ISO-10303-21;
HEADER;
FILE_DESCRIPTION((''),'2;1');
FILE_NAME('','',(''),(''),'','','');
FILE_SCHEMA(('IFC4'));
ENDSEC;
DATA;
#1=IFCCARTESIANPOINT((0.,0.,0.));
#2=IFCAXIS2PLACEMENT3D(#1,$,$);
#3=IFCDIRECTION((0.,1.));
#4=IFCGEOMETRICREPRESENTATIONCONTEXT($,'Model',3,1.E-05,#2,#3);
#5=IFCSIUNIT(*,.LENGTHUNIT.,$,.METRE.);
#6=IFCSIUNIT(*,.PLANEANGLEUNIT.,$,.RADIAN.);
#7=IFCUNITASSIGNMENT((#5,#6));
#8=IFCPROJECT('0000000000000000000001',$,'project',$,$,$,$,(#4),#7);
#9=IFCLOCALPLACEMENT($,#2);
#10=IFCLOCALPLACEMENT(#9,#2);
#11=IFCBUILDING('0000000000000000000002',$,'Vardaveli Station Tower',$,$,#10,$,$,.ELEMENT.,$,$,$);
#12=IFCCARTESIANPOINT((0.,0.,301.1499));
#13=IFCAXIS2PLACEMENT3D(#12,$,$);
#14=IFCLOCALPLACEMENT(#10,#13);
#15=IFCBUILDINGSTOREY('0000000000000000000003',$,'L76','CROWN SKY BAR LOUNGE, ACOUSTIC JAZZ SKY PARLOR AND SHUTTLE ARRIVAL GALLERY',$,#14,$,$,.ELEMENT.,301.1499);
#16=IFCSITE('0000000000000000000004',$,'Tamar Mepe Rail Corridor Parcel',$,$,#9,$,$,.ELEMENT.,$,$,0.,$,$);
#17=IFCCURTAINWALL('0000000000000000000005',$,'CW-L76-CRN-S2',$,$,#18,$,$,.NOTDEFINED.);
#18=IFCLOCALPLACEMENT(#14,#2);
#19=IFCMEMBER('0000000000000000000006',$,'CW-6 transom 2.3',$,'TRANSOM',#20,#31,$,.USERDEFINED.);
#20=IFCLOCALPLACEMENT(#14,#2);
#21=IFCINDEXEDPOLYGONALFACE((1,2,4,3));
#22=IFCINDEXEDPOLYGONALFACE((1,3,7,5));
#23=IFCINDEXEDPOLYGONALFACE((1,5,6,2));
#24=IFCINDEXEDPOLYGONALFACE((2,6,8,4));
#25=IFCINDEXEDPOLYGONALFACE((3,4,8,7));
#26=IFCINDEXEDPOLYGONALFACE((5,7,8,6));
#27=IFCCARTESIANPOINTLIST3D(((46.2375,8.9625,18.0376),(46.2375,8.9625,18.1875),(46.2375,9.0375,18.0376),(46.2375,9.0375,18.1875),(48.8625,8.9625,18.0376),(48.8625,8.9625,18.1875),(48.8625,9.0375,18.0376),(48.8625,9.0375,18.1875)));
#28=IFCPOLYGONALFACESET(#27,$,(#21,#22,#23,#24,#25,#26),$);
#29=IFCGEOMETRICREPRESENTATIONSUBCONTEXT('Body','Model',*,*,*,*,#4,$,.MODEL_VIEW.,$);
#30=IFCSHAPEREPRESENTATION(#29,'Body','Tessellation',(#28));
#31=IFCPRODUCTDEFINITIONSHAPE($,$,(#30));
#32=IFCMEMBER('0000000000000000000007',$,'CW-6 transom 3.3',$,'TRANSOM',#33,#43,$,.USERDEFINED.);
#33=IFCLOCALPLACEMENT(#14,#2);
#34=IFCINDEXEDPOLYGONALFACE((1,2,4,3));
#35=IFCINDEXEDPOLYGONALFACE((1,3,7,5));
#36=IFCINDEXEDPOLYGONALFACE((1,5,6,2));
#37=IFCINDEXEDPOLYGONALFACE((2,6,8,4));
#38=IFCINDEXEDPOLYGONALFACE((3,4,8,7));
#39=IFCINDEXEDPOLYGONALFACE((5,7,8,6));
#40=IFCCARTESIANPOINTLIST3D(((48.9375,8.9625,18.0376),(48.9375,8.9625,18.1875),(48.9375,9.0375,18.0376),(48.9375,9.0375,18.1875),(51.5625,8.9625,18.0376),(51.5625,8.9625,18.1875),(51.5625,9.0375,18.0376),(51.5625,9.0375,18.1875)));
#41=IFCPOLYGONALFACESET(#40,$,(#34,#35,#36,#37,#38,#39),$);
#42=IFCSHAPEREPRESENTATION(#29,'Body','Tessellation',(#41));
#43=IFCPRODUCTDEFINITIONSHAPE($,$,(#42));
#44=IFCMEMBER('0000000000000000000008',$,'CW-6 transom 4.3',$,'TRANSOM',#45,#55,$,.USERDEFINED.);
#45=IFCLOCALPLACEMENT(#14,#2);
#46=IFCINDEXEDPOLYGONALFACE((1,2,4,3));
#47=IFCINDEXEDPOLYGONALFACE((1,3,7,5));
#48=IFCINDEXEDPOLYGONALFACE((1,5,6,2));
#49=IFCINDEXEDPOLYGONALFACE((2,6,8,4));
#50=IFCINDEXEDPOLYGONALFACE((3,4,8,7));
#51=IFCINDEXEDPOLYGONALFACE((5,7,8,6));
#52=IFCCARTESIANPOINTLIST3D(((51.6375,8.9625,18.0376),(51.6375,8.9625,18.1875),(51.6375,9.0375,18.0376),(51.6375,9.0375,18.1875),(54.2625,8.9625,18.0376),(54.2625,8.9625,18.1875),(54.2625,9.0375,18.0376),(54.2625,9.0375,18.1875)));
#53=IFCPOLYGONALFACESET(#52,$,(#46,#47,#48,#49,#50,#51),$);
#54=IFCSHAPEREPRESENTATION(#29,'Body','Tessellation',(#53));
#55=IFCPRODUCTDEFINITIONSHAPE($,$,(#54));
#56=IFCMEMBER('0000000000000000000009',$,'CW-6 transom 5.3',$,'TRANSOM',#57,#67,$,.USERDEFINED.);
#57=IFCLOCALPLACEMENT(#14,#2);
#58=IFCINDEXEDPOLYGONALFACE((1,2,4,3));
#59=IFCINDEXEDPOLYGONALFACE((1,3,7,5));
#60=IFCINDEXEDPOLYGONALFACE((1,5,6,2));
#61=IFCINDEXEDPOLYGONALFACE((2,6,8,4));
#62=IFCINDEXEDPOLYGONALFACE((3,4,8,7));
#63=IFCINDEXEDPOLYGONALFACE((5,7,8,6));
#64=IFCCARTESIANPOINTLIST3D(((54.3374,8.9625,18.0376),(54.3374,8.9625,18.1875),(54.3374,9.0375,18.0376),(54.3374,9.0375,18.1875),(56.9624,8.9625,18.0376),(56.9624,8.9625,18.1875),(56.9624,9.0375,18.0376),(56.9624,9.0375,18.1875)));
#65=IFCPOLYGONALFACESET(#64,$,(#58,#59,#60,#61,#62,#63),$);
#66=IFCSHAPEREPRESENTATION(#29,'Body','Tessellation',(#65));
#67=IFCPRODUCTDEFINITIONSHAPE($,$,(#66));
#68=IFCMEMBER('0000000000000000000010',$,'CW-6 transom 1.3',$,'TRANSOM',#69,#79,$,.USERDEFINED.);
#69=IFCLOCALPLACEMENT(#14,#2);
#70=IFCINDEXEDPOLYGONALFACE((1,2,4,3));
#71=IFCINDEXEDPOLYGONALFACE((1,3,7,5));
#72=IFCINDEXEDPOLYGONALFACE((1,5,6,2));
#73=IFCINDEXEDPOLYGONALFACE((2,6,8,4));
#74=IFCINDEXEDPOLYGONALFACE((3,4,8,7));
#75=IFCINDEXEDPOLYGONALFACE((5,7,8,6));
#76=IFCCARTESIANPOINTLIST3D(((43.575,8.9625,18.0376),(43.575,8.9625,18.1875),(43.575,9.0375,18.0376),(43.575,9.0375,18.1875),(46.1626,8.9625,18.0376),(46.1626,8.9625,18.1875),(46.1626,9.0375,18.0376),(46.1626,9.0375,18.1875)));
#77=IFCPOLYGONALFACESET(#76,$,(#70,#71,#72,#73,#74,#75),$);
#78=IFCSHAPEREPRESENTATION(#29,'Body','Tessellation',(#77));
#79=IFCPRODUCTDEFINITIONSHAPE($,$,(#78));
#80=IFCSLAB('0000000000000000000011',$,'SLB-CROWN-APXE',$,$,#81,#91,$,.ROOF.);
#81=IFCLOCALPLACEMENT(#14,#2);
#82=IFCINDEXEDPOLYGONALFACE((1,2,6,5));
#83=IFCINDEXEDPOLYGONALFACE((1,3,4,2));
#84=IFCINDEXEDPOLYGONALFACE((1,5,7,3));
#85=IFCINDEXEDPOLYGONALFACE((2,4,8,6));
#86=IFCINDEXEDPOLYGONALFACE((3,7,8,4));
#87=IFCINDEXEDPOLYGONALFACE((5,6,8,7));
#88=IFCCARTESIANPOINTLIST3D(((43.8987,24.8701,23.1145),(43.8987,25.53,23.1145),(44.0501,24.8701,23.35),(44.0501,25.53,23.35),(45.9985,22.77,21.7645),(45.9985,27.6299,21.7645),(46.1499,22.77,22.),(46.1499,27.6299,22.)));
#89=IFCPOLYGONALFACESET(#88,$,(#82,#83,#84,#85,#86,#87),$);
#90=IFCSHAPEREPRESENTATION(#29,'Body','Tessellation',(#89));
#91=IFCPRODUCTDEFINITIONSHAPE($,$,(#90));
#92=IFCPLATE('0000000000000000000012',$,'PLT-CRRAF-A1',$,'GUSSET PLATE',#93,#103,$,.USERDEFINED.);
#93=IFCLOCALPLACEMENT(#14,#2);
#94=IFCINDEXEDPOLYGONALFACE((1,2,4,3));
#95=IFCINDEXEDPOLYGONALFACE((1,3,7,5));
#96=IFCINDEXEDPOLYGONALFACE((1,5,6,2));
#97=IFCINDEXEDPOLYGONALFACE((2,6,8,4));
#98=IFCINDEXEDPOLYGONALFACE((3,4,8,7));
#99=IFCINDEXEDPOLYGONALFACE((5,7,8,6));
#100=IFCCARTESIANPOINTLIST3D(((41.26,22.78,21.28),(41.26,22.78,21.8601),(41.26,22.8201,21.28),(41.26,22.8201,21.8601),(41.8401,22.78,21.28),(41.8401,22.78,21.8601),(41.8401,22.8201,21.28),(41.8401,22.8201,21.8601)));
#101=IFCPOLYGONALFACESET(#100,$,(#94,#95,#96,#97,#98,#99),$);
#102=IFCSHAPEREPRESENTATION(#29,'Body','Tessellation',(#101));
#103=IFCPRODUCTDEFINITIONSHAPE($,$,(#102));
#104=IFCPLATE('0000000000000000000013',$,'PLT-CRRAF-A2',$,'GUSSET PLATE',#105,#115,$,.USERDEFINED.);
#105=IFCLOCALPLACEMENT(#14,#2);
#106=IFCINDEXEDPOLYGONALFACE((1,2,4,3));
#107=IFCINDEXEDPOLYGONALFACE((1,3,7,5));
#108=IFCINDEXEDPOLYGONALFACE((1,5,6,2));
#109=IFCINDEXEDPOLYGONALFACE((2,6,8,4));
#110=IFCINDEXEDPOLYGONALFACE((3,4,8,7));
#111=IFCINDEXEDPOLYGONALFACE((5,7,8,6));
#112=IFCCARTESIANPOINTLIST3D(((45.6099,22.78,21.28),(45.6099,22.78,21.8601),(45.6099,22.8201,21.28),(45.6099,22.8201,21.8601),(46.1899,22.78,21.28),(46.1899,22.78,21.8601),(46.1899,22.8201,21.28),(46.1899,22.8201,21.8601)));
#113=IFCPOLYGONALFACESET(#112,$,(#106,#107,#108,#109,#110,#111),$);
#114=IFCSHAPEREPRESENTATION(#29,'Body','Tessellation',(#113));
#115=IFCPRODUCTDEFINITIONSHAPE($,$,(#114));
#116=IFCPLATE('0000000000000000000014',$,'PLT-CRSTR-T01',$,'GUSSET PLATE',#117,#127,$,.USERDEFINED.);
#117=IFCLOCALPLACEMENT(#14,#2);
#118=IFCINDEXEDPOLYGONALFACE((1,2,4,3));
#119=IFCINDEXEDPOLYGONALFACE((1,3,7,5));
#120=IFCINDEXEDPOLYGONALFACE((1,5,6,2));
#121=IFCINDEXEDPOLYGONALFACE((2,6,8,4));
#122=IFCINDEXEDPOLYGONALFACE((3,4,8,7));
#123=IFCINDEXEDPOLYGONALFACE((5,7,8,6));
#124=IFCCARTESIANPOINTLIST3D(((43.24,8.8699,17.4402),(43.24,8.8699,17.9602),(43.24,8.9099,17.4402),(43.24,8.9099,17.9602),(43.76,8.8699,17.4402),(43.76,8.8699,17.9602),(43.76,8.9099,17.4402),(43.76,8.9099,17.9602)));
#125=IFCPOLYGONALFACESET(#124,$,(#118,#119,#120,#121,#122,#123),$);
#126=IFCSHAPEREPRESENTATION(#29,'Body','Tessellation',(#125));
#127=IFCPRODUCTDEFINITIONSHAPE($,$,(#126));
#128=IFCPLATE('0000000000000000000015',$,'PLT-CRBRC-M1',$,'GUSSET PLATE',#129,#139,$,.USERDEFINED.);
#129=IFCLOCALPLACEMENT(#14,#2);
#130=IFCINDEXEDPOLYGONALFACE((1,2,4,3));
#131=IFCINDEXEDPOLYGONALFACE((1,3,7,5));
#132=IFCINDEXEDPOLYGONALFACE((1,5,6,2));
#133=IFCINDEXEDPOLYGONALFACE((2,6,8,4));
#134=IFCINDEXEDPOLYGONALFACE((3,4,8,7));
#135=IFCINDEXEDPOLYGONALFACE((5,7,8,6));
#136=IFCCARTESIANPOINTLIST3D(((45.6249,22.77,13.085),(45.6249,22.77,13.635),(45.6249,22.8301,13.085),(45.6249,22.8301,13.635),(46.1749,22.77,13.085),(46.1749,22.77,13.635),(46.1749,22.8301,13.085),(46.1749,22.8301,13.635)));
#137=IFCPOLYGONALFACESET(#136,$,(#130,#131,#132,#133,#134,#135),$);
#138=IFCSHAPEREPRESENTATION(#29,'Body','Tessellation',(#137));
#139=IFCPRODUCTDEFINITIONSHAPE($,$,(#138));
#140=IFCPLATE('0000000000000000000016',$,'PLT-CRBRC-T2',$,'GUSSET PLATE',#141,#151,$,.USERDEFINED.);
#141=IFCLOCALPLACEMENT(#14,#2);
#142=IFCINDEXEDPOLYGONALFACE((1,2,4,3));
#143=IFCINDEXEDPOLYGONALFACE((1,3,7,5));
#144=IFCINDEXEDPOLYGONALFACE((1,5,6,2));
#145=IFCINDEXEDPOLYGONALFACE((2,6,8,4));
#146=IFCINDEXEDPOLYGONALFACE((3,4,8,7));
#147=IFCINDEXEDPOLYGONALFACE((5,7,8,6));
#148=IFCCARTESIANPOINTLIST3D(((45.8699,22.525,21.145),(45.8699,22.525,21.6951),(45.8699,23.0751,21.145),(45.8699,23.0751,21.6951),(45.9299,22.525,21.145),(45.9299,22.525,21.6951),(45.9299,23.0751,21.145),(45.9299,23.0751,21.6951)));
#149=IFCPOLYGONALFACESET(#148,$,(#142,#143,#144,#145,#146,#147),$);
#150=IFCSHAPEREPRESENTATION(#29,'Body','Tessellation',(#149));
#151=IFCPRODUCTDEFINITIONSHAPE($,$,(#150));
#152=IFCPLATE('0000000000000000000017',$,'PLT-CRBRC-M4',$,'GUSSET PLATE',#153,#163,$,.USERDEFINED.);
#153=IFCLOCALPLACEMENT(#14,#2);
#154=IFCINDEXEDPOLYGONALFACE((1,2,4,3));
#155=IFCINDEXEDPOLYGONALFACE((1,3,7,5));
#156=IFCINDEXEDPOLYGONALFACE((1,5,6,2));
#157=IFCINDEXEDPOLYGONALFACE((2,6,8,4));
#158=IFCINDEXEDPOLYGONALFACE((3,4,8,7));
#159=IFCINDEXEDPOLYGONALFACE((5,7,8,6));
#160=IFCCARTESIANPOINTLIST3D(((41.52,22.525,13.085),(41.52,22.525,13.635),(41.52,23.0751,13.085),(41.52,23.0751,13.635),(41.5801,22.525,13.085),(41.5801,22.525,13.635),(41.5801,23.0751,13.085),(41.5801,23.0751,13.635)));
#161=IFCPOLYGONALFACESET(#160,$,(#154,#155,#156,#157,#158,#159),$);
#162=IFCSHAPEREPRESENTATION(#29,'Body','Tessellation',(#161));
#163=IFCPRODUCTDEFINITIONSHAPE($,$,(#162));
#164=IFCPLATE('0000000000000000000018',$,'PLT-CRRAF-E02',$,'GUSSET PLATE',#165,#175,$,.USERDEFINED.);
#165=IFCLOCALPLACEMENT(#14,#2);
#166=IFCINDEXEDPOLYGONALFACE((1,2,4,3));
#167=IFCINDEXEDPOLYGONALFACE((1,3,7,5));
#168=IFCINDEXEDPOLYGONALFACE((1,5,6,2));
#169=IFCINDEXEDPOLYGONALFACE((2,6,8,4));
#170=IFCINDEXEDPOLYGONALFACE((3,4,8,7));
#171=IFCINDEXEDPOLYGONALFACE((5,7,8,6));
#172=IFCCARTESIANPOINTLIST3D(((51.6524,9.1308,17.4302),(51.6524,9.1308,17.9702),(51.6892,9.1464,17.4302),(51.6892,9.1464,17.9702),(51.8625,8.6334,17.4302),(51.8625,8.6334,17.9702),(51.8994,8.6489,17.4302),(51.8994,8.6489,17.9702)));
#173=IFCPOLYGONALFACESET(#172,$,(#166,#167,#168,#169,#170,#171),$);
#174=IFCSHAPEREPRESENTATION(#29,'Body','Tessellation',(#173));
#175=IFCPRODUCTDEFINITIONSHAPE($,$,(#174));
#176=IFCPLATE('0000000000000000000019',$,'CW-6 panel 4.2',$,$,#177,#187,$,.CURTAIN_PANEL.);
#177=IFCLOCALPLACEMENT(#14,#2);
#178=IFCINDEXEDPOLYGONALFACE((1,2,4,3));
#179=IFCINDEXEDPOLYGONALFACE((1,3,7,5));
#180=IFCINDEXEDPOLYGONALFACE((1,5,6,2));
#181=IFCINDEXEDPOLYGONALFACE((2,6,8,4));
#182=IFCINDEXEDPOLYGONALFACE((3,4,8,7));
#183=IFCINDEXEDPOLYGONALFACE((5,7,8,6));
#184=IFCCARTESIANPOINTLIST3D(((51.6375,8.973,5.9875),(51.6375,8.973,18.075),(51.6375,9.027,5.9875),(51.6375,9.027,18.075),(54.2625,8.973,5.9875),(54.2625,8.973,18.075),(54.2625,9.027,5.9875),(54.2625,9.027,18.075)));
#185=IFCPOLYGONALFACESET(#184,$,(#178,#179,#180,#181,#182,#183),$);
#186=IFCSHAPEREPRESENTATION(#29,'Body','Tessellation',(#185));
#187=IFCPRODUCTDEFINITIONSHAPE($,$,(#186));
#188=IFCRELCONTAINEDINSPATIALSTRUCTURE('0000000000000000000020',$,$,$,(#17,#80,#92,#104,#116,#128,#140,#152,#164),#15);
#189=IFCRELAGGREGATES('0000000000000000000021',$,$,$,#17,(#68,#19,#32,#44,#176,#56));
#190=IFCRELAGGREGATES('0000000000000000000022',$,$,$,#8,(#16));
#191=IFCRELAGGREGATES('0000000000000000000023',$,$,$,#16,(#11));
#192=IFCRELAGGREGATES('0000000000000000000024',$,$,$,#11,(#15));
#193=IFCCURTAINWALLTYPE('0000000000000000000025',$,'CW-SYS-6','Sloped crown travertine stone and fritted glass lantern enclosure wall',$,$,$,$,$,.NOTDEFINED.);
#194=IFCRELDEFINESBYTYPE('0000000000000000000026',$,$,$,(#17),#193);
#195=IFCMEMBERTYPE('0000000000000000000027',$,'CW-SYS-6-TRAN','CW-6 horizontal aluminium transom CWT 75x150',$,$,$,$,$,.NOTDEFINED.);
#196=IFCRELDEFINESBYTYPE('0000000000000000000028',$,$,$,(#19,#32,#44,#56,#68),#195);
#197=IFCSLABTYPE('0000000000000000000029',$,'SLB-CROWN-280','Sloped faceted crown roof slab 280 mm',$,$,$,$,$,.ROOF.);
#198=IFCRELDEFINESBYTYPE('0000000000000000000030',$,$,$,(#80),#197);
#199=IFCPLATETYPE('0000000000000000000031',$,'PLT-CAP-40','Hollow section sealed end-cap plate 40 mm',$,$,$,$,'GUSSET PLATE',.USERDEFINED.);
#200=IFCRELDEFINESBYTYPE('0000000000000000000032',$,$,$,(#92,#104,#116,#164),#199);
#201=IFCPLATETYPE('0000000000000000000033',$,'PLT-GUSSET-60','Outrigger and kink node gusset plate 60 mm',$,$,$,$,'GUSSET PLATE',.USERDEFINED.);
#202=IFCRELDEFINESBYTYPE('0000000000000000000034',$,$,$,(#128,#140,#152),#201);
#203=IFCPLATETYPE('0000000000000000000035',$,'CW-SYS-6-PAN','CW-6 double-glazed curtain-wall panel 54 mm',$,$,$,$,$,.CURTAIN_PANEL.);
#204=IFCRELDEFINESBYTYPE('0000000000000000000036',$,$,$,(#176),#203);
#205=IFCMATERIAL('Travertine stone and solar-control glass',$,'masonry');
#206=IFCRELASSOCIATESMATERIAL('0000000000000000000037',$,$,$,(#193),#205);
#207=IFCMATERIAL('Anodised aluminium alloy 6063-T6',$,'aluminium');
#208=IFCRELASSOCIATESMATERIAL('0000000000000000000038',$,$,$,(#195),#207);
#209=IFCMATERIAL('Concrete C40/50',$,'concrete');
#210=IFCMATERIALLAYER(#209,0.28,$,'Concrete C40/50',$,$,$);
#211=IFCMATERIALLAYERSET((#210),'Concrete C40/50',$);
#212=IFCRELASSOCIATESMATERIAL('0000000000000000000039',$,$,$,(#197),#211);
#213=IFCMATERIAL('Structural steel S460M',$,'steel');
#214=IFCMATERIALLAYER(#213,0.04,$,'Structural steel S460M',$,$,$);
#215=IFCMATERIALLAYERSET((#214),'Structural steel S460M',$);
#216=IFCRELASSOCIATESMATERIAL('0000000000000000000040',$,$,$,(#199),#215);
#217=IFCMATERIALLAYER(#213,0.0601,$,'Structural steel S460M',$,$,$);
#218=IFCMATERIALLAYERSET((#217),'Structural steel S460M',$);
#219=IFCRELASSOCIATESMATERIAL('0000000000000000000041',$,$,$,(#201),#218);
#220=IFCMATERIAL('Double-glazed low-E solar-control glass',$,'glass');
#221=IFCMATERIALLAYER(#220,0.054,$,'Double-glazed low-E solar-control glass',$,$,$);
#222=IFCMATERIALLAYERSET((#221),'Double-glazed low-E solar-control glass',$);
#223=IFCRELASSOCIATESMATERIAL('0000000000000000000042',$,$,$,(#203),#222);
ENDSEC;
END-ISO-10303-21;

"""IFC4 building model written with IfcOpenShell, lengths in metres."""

from ifc_helpers import new_model, si_unit, direction, frame, origin, origin_2d, place, context, subcontext, project, spatial, polyline, rectangle, outline, extrude, source, transform, mapped, material, layer, layer_set, material_profile, profile_set, type_object, element, aggregate, save


model = new_model("IFC4")

# Units and contexts
model_context = context("Model", 3, precision=1e-05, world=origin(), true_north=direction((0.0, 1.0)))
body_context = subcontext(model_context, "Body", "Model", "MODEL_VIEW")
ifc_project = project(units=[si_unit("LENGTHUNIT", "METRE"), si_unit("PLANEANGLEUNIT", "RADIAN")], contexts=[model_context])

# Site, building, storey
site_placement = place(None, origin())
site = spatial("IfcSite", under=ifc_project, at=site_placement, Name="Tamar Mepe Rail Corridor Parcel", CompositionType="ELEMENT", RefElevation=0.0)
building_placement = place(site_placement, origin())
building = spatial("IfcBuilding", under=site, at=building_placement, Name="Vardaveli Station Tower", CompositionType="ELEMENT")
storey_placement = place(building_placement, frame((0.0, 0.0, 301.1499)))
storey = spatial("IfcBuildingStorey", under=building, at=storey_placement, Name="L76", Description="CROWN SKY BAR LOUNGE, ACOUSTIC JAZZ SKY PARLOR AND SHUTTLE ARRIVAL GALLERY", CompositionType="ELEMENT", Elevation=301.1499)

# Curtain wall, members
ifc_material_1 = material(Name="Travertine stone and solar-control glass", Category="masonry")
curtain_wall_type = type_object("IfcCurtainWallType", Name="CW-SYS-6", Description="Sloped crown travertine stone and fritted glass lantern enclosure wall", PredefinedType="NOTDEFINED", material=ifc_material_1)
curtain_wall_placement = place(storey_placement, origin())
curtain_wall = element("IfcCurtainWall", 1, at=curtain_wall_placement, inside=storey, type_object=curtain_wall_type, Name="CW-L76-CRN-S2", PredefinedType="NOTDEFINED")
ifc_material_2 = material(Name="Anodised aluminium alloy 6063-T6", Category="aluminium")
ifc_material_profile_1 = material_profile(ifc_material_2, rectangle(XDim=0.075, YDim=0.1499, at=origin_2d()), Name="CWT 75x150")
ifc_profile_set_1 = profile_set([ifc_material_profile_1], Name="Anodised aluminium alloy 6063-T6")
member_type_1 = type_object("IfcMemberType", Name="CW-SYS-6-TRAN", Description="CW-6 horizontal aluminium transom CWT 75x150", PredefinedType="NOTDEFINED", material=ifc_profile_set_1)
shared_shape_1 = source(origin(), body_context, "Body", "SweptSolid", [
    extrude(rectangle(XDim=0.075, YDim=0.1499, at=origin_2d()), origin(), (0.0, 0.0, 1.0), 2.625),
])
member_1_placement = place(storey_placement, frame((46.2375, 9.0, 18.1125), z_axis=(1.0, 0.0, 0.0), x_axis=(0.0, 1.0, 0.0)))
member_1 = element("IfcMember", 2, at=member_1_placement, type_object=member_type_1, Name="CW-6 transom 2.3", ObjectType="TRANSOM", PredefinedType="USERDEFINED", context=body_context, shape_type="MappedRepresentation", body=[
    mapped(shared_shape_1, transform((0.0, 0.0, 0.0), scale=1.0)),
])
member_2_placement = place(storey_placement, frame((48.9375, 9.0, 18.1125), z_axis=(1.0, 0.0, 0.0), x_axis=(0.0, 1.0, 0.0)))
member_2 = element("IfcMember", 3, at=member_2_placement, type_object=member_type_1, Name="CW-6 transom 3.3", ObjectType="TRANSOM", PredefinedType="USERDEFINED", context=body_context, shape_type="MappedRepresentation", body=[
    mapped(shared_shape_1, transform((0.0, 0.0, 0.0), scale=1.0)),
])
member_3_placement = place(storey_placement, frame((51.6375, 9.0, 18.1125), z_axis=(1.0, 0.0, 0.0), x_axis=(0.0, 1.0, 0.0)))
member_3 = element("IfcMember", 4, at=member_3_placement, type_object=member_type_1, Name="CW-6 transom 4.3", ObjectType="TRANSOM", PredefinedType="USERDEFINED", context=body_context, shape_type="MappedRepresentation", body=[
    mapped(shared_shape_1, transform((0.0, 0.0, 0.0), scale=1.0)),
])
member_4_placement = place(storey_placement, frame((54.3374, 9.0, 18.1125), z_axis=(1.0, 0.0, 0.0), x_axis=(0.0, 1.0, 0.0)))
member_4 = element("IfcMember", 5, at=member_4_placement, type_object=member_type_1, Name="CW-6 transom 5.3", ObjectType="TRANSOM", PredefinedType="USERDEFINED", context=body_context, shape_type="MappedRepresentation", body=[
    mapped(shared_shape_1, transform((0.0, 0.0, 0.0), scale=1.0)),
])
shared_shape_2 = source(origin(), body_context, "Body", "SweptSolid", [
    extrude(rectangle(XDim=0.075, YDim=0.1499, at=origin_2d()), origin(), (0.0, 0.0, 1.0), 2.5876),
])
member_5_placement = place(storey_placement, frame((43.575, 9.0, 18.1125), z_axis=(1.0, 0.0, 0.0), x_axis=(0.0, 1.0, 0.0)))
member_5 = element("IfcMember", 6, at=member_5_placement, type_object=member_type_1, Name="CW-6 transom 1.3", ObjectType="TRANSOM", PredefinedType="USERDEFINED", context=body_context, shape_type="MappedRepresentation", body=[
    mapped(shared_shape_2, transform((0.0, 0.0, 0.0), scale=1.0)),
])

# Slab
ifc_material_3 = material(Name="Concrete C40/50", Category="concrete")
ifc_layer_1 = layer(ifc_material_3, 0.28, Name="Concrete C40/50")
ifc_layer_set_1 = layer_set([ifc_layer_1], Name="Concrete C40/50")
slab_type = type_object("IfcSlabType", Name="SLB-CROWN-280", Description="Sloped faceted crown roof slab 280 mm", PredefinedType="ROOF", material=ifc_layer_set_1)
slab_placement = place(storey_placement, frame((46.1499, 22.77, 22.0), z_axis=(0.540812, 0.0, 0.841144), x_axis=(0.0, 1.0, 0.0)))
element("IfcSlab", 7, at=slab_placement, inside=storey, type_object=slab_type, Name="SLB-CROWN-APXE", PredefinedType="ROOF", context=body_context, shape_type="SweptSolid", body=[
    extrude(outline(polyline([(0.0, 0.0), (4.8599, 0.0), (2.76, 2.4963), (2.1001, 2.4963), (0.0, 0.0)])), origin(), (0.0, 0.0, -1.0), 0.28),
])

# Plates
ifc_material_4 = material(Name="Structural steel S460M", Category="steel")
ifc_layer_2 = layer(ifc_material_4, 0.04, Name="Structural steel S460M")
ifc_layer_set_2 = layer_set([ifc_layer_2], Name="Structural steel S460M")
plate_type_1 = type_object("IfcPlateType", Name="PLT-CAP-40", Description="Hollow section sealed end-cap plate 40 mm", ElementType="GUSSET PLATE", PredefinedType="USERDEFINED", material=ifc_layer_set_2)
shared_shape_3 = source(origin(), body_context, "Body", "SweptSolid", [
    extrude(rectangle(XDim=0.5801, YDim=0.04, at=origin_2d()), origin(), (0.0, 0.0, 1.0), 0.5801),
])
for number, where, z_axis, x_axis, name in (
    (8, (41.55, 22.8, 21.28), (0.0, 0.0, 1.0), (1.0, 0.0, 0.0), "PLT-CRRAF-A1"),
    (9, (45.8999, 22.8, 21.28), (0.0, 0.0, 1.0), (1.0, 0.0, 0.0), "PLT-CRRAF-A2"),
):
    element("IfcPlate", number, at=place(storey_placement, frame(where, z_axis=z_axis, x_axis=x_axis)), inside=storey, type_object=plate_type_1, Name=name, ObjectType="GUSSET PLATE", PredefinedType="USERDEFINED", context=body_context, shape_type="MappedRepresentation", body=[
        mapped(shared_shape_3, transform((0.0, 0.0, 0.0), scale=1.0)),
    ])
shared_shape_4 = source(origin(), body_context, "Body", "SweptSolid", [
    extrude(rectangle(XDim=0.52, YDim=0.04, at=origin_2d()), origin(), (0.0, 0.0, 1.0), 0.52),
])
plate_1_placement = place(storey_placement, frame((43.5, 8.8899, 17.4402), z_axis=(0.0, 0.0, 1.0), x_axis=(1.0, 0.0, 0.0)))
element("IfcPlate", 10, at=plate_1_placement, inside=storey, type_object=plate_type_1, Name="PLT-CRSTR-T01", ObjectType="GUSSET PLATE", PredefinedType="USERDEFINED", context=body_context, shape_type="MappedRepresentation", body=[
    mapped(shared_shape_4, transform((0.0, 0.0, 0.0), scale=1.0)),
])
ifc_layer_3 = layer(ifc_material_4, 0.0601, Name="Structural steel S460M")
ifc_layer_set_3 = layer_set([ifc_layer_3], Name="Structural steel S460M")
plate_type_2 = type_object("IfcPlateType", Name="PLT-GUSSET-60", Description="Outrigger and kink node gusset plate 60 mm", ElementType="GUSSET PLATE", PredefinedType="USERDEFINED", material=ifc_layer_set_3)
shared_shape_5 = source(origin(), body_context, "Body", "SweptSolid", [
    extrude(rectangle(XDim=0.55, YDim=0.0601, at=origin_2d()), origin(), (0.0, 0.0, 1.0), 0.55),
])
for number, where, z_axis, x_axis, name in (
    (11, (45.8999, 22.8, 13.085), (0.0, 0.0, 1.0), (1.0, 0.0, 0.0), "PLT-CRBRC-M1"),
    (12, (45.8999, 22.8, 21.145), (0.0, 0.0, 1.0), (0.0, 1.0, 0.0), "PLT-CRBRC-T2"),
    (13, (41.55, 22.8, 13.085), (0.0, 0.0, 1.0), (0.0, -1.0, 0.0), "PLT-CRBRC-M4"),
):
    element("IfcPlate", number, at=place(storey_placement, frame(where, z_axis=z_axis, x_axis=x_axis)), inside=storey, type_object=plate_type_2, Name=name, ObjectType="GUSSET PLATE", PredefinedType="USERDEFINED", context=body_context, shape_type="MappedRepresentation", body=[
        mapped(shared_shape_5, transform((0.0, 0.0, 0.0), scale=1.0)),
    ])
shared_shape_6 = source(origin(), body_context, "Body", "SweptSolid", [
    extrude(rectangle(XDim=0.54, YDim=0.04, at=origin_2d()), origin(), (0.0, 0.0, 1.0), 0.54),
])
plate_2_placement = place(storey_placement, frame((51.7759, 8.8899, 17.4302), z_axis=(0.0, 0.0, 1.0), x_axis=(-0.389124, 0.921185, 0.0)))
element("IfcPlate", 14, at=plate_2_placement, inside=storey, type_object=plate_type_1, Name="PLT-CRRAF-E02", ObjectType="GUSSET PLATE", PredefinedType="USERDEFINED", context=body_context, shape_type="MappedRepresentation", body=[
    mapped(shared_shape_6, transform((0.0, 0.0, 0.0), scale=1.0)),
])

# Plate
ifc_material_5 = material(Name="Double-glazed low-E solar-control glass", Category="glass")
ifc_layer_4 = layer(ifc_material_5, 0.054, Name="Double-glazed low-E solar-control glass")
ifc_layer_set_4 = layer_set([ifc_layer_4], Name="Double-glazed low-E solar-control glass")
plate_type_3 = type_object("IfcPlateType", Name="CW-SYS-6-PAN", Description="CW-6 double-glazed curtain-wall panel 54 mm", PredefinedType="CURTAIN_PANEL", material=ifc_layer_set_4)
shared_shape_7 = source(origin(), body_context, "Body", "SweptSolid", [
    extrude(rectangle(XDim=2.625, YDim=0.054, at=origin_2d()), origin(), (0.0, 0.0, 1.0), 12.0874),
])
plate_3_placement = place(storey_placement, frame((52.95, 9.0, 5.9875), z_axis=(0.0, 0.0, 1.0), x_axis=(1.0, 0.0, 0.0)))
plate_3 = element("IfcPlate", 15, at=plate_3_placement, type_object=plate_type_3, Name="CW-6 panel 4.2", PredefinedType="CURTAIN_PANEL", context=body_context, shape_type="MappedRepresentation", body=[
    mapped(shared_shape_7, transform((0.0, 0.0, 0.0), scale=1.0)),
])
aggregate(curtain_wall, [member_5, member_1, member_2, member_3, plate_3, member_4])

save(model, "model.ifc")
